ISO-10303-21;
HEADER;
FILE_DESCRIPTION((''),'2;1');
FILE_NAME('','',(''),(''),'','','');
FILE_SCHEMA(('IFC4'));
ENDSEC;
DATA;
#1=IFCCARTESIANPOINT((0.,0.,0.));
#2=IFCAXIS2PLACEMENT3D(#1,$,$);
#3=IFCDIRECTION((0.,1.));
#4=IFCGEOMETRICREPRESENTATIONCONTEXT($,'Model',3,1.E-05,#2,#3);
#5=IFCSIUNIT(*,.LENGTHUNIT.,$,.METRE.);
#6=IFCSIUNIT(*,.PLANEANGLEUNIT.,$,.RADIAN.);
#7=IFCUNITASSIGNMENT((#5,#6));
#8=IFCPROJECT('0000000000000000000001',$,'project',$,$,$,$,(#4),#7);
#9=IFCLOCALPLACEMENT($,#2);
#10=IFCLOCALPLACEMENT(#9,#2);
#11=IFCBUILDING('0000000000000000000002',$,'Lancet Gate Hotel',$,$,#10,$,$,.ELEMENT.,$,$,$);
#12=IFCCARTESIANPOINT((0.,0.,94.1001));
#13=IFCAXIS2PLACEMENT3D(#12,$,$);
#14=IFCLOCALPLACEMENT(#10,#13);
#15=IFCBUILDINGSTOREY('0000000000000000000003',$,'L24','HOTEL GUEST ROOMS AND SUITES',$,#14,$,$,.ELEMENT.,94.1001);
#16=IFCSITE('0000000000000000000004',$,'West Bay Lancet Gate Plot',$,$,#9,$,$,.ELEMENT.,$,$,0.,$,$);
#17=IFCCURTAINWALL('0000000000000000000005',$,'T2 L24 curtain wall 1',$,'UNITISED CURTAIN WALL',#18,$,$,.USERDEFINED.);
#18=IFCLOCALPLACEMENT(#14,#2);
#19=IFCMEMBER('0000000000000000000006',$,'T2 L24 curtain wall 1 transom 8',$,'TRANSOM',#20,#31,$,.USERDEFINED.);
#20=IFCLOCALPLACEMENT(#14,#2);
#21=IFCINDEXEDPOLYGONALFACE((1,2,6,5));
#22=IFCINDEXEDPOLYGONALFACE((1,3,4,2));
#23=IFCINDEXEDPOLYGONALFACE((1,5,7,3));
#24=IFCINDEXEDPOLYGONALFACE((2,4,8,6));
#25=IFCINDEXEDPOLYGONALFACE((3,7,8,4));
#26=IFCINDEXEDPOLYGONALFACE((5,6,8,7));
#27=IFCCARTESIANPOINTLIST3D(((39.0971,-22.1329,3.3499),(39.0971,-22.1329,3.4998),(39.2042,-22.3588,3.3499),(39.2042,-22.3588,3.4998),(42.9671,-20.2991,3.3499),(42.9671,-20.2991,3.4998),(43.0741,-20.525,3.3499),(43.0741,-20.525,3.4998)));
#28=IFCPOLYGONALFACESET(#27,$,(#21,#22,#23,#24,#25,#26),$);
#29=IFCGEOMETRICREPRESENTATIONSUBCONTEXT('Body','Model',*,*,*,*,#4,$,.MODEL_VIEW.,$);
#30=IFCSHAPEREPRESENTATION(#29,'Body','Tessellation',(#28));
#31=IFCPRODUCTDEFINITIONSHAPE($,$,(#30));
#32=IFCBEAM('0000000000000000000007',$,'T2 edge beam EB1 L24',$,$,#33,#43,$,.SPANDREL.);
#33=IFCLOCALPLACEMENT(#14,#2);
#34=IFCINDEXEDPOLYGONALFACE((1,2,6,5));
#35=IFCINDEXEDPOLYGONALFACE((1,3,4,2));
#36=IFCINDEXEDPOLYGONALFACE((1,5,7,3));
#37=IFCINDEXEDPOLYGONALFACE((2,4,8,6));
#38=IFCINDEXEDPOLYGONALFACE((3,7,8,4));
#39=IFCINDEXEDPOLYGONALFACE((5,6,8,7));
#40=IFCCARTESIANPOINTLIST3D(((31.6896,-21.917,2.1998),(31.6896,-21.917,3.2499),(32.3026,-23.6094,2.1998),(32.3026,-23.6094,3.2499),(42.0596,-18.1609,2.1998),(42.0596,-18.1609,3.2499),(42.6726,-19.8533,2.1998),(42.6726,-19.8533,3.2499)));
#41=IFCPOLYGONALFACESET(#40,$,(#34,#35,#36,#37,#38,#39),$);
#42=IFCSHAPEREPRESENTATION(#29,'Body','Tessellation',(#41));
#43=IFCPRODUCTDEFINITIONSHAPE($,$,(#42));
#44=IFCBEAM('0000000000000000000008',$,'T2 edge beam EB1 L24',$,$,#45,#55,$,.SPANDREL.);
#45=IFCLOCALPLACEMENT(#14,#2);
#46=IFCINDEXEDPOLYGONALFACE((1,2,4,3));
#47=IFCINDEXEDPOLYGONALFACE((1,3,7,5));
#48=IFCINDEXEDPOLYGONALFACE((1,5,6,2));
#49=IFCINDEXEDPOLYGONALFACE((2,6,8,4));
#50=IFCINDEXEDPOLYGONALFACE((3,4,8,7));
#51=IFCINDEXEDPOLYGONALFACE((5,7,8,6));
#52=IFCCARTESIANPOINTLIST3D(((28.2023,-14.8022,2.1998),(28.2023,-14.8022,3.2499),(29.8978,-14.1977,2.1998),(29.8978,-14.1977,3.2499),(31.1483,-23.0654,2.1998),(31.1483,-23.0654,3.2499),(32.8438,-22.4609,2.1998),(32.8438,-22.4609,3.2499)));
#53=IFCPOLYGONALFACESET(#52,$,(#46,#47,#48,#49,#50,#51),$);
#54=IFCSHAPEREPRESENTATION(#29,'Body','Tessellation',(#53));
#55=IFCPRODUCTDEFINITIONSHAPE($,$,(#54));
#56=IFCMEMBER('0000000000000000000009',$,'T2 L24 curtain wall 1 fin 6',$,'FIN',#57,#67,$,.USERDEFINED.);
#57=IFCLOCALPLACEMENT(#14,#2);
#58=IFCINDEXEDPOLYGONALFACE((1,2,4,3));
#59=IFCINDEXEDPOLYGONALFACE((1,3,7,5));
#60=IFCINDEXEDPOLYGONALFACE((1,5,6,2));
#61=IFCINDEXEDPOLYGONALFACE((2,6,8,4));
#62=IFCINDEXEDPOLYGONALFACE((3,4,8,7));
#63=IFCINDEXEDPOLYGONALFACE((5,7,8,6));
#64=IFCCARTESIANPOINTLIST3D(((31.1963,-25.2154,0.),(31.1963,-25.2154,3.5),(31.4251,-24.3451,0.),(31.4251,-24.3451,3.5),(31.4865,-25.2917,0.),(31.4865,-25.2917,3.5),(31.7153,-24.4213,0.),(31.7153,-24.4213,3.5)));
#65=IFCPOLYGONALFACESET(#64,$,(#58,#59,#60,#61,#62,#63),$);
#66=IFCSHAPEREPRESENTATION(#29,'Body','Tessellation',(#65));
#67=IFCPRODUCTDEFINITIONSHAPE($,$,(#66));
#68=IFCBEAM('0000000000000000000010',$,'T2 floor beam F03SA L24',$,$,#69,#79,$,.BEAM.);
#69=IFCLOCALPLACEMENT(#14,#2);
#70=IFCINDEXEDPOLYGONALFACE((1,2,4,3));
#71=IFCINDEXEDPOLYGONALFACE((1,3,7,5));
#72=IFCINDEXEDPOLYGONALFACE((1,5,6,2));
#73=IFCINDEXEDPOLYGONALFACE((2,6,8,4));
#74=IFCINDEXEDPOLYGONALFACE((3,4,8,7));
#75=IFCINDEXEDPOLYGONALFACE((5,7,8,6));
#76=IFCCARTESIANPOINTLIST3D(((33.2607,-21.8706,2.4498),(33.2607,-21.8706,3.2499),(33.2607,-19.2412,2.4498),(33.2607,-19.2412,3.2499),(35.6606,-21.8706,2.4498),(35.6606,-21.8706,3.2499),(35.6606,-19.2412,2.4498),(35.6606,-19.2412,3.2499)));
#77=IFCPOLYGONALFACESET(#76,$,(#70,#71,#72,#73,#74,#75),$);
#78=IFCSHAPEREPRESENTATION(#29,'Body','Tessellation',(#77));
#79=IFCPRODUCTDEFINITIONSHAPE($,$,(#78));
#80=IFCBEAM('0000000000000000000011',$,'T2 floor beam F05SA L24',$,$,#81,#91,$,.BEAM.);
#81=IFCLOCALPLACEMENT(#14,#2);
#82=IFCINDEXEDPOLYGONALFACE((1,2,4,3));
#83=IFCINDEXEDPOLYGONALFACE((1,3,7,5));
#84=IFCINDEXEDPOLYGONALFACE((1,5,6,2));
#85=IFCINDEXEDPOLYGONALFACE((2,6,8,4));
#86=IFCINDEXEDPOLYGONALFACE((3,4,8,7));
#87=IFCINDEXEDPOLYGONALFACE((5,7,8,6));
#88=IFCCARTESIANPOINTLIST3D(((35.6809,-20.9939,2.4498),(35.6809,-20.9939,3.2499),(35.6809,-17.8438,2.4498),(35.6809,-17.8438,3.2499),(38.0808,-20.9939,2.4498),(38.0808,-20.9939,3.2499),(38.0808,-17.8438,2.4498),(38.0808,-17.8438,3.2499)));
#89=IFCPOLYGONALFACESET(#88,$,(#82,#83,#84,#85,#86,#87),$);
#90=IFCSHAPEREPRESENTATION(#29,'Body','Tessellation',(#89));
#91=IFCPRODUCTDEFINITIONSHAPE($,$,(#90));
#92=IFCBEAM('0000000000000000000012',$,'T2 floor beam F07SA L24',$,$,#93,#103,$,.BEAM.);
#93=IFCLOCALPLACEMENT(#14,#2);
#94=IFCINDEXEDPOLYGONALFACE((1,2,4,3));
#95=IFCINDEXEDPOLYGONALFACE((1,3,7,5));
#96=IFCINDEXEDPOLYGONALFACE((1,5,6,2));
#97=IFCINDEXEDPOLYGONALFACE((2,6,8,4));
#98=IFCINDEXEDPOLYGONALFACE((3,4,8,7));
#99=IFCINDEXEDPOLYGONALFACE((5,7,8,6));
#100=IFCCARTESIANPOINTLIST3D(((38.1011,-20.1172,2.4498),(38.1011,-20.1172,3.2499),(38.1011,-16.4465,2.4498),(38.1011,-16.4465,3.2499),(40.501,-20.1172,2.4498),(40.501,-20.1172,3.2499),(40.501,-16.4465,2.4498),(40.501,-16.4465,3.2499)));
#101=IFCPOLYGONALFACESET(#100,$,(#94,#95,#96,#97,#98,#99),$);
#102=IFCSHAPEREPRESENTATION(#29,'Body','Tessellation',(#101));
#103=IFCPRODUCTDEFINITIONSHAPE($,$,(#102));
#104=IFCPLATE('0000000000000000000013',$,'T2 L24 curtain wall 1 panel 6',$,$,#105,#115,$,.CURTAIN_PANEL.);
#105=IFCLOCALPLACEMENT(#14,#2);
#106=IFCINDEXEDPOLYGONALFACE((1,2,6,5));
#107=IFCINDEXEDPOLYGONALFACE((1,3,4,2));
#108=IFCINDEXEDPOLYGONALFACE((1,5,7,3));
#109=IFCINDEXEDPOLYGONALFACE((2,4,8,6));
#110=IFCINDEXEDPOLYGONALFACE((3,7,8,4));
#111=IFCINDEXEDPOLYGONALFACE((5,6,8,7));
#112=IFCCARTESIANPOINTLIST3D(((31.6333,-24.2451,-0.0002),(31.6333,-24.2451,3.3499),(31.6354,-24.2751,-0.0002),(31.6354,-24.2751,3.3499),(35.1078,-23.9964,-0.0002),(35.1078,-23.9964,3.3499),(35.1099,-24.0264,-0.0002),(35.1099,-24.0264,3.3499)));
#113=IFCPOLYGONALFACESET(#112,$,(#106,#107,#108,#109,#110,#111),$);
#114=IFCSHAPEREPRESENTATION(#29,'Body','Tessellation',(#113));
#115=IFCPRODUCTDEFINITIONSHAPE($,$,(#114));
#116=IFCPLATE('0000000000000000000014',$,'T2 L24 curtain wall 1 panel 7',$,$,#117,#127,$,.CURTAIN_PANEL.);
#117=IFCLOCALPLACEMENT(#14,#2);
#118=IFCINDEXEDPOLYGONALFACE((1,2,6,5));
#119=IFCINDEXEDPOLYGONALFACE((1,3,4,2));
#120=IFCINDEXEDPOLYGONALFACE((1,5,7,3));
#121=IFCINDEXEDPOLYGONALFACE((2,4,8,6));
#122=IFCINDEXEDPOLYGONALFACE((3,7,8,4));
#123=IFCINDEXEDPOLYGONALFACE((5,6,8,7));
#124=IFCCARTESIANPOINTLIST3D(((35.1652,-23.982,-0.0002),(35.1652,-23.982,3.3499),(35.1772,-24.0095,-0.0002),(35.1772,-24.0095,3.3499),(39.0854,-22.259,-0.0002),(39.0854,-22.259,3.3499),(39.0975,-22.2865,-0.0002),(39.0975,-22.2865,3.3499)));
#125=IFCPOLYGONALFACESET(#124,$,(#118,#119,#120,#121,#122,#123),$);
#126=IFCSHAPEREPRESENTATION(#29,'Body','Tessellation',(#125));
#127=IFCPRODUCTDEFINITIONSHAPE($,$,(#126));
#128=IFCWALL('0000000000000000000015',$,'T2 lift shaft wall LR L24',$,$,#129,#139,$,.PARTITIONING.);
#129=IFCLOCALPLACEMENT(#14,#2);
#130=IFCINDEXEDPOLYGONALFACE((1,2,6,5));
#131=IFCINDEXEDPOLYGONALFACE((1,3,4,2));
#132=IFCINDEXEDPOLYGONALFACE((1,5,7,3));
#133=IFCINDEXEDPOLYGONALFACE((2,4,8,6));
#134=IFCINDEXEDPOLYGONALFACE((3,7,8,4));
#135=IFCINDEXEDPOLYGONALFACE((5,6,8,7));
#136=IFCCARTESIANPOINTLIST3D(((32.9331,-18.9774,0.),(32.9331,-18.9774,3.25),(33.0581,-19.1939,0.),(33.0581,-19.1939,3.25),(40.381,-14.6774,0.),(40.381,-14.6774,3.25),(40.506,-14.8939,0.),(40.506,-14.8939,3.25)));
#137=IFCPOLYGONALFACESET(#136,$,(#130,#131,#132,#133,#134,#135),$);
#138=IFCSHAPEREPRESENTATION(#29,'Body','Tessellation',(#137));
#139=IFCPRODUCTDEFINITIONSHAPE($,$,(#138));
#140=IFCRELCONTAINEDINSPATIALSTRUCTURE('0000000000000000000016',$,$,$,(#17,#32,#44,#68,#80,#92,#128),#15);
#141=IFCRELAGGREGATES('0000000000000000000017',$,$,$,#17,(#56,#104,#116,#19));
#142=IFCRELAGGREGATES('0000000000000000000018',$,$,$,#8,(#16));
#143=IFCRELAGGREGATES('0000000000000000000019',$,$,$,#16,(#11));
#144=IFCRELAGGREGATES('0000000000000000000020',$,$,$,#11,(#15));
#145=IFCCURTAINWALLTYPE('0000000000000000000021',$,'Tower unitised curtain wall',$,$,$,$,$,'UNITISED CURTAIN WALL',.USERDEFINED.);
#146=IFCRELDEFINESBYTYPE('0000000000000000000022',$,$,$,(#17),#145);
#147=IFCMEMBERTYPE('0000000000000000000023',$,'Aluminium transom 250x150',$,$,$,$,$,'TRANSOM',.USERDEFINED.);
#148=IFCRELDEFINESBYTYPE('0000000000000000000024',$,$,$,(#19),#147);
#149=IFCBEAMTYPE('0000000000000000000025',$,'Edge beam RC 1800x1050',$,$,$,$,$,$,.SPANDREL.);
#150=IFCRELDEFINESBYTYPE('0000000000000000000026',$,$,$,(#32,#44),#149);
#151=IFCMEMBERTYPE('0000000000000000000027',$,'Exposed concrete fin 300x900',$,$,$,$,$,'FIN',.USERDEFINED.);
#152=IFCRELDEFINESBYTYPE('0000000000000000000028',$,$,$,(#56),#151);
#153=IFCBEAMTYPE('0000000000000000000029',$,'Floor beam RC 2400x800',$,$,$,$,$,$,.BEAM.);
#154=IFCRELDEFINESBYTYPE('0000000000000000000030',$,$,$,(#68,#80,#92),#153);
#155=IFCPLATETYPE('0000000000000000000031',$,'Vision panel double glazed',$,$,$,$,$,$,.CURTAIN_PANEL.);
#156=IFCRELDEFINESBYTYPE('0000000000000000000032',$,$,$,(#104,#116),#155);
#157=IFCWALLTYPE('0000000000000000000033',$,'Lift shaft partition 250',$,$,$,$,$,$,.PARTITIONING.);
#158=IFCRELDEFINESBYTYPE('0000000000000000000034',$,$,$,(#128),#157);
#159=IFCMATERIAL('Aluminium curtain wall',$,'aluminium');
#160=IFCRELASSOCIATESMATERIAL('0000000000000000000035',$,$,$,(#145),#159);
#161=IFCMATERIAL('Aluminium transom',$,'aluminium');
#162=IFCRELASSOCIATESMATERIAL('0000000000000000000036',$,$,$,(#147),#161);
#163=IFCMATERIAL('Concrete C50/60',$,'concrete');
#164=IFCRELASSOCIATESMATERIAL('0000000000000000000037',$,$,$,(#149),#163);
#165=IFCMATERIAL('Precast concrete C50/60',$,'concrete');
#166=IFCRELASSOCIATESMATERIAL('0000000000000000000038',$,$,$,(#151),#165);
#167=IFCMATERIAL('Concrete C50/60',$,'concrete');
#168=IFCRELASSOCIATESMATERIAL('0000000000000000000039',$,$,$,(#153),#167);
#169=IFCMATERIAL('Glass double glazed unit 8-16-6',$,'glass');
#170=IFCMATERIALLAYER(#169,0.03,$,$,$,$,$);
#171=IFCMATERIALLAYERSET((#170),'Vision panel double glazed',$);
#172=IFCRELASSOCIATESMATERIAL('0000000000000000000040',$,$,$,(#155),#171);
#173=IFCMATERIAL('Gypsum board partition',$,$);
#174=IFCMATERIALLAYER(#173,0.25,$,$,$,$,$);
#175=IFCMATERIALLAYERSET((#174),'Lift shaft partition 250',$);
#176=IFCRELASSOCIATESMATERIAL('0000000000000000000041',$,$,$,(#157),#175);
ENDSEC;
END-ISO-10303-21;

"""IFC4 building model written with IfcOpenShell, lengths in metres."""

from ifc_helpers import new_model, si_unit, direction, frame, frame_2d, origin, origin_2d, place, context, subcontext, project, spatial, rectangle, extrude, material, layer, layer_set, material_profile, profile_set, type_object, element, aggregate, save


model = new_model("IFC4")

# Units and contexts
model_context = context("Model", 3, precision=1e-05, world=origin(), true_north=direction((0.0, 1.0)))
body_context = subcontext(model_context, "Body", "Model", "MODEL_VIEW")
ifc_project = project(units=[si_unit("LENGTHUNIT", "METRE"), si_unit("PLANEANGLEUNIT", "RADIAN")], contexts=[model_context])

# Site, building, storey
site_placement = place(None, origin())
site = spatial("IfcSite", under=ifc_project, at=site_placement, Name="West Bay Lancet Gate Plot", CompositionType="ELEMENT", RefElevation=0.0)
building_placement = place(site_placement, origin())
building = spatial("IfcBuilding", under=site, at=building_placement, Name="Lancet Gate Hotel", CompositionType="ELEMENT")
storey_placement = place(building_placement, frame((0.0, 0.0, 94.1001)))
storey = spatial("IfcBuildingStorey", under=building, at=storey_placement, Name="L24", Description="HOTEL GUEST ROOMS AND SUITES", CompositionType="ELEMENT", Elevation=94.1001)

# Curtain wall, member
ifc_material_1 = material(Name="Aluminium curtain wall", Category="aluminium")
curtain_wall_type = type_object("IfcCurtainWallType", Name="Tower unitised curtain wall", ElementType="UNITISED CURTAIN WALL", PredefinedType="USERDEFINED", material=ifc_material_1)
curtain_wall_placement = place(storey_placement, origin())
curtain_wall = element("IfcCurtainWall", 1, at=curtain_wall_placement, inside=storey, type_object=curtain_wall_type, Name="T2 L24 curtain wall 1", ObjectType="UNITISED CURTAIN WALL", PredefinedType="USERDEFINED")
ifc_material_2 = material(Name="Aluminium transom", Category="aluminium")
ifc_material_profile_1 = material_profile(ifc_material_2, rectangle(XDim=0.25, YDim=0.1499, at=origin_2d()), Name="TRANSOM 250x150")
ifc_profile_set_1 = profile_set([ifc_material_profile_1], Name="Aluminium transom")
member_type_1 = type_object("IfcMemberType", Name="Aluminium transom 250x150", ElementType="TRANSOM", PredefinedType="USERDEFINED", material=ifc_profile_set_1)
member_1_placement = place(storey_placement, frame((39.1506, -22.2458, 3.4248), z_axis=(0.90368, 0.428209, 0.0), x_axis=(-0.428209, 0.90368, 0.0)))
member_1 = element("IfcMember", 2, at=member_1_placement, type_object=member_type_1, Name="T2 L24 curtain wall 1 transom 8", ObjectType="TRANSOM", PredefinedType="USERDEFINED", context=body_context, shape_type="SweptSolid", body=[
    extrude(rectangle(XDim=0.25, YDim=0.1499, at=origin_2d()), origin(), (0.0, 0.0, 1.0), 4.2825),
])

# Beams
ifc_material_3 = material(Name="Concrete C50/60", Category="concrete")
ifc_material_profile_2 = material_profile(ifc_material_3, rectangle(XDim=1.8, YDim=1.05, at=origin_2d()), Name="RC 1800x1050")
ifc_profile_set_2 = profile_set([ifc_material_profile_2], Name="Concrete C50/60")
beam_type_1 = type_object("IfcBeamType", Name="Edge beam RC 1800x1050", PredefinedType="SPANDREL", material=ifc_profile_set_2)
beam_1_placement = place(storey_placement, frame((31.9961, -22.7632, 2.7249), z_axis=(0.940225, 0.340554, 0.0), x_axis=(-0.340554, 0.940225, 0.0)))
element("IfcBeam", 3, at=beam_1_placement, inside=storey, type_object=beam_type_1, Name="T2 edge beam EB1 L24", PredefinedType="SPANDREL", context=body_context, shape_type="SweptSolid", body=[
    extrude(rectangle(XDim=1.8, YDim=1.05, at=origin_2d()), origin(), (0.0, 0.0, 1.0), 11.0293),
])
beam_2_placement = place(storey_placement, frame((31.9961, -22.7632, 2.7249), z_axis=(-0.335822, 0.941926, 0.0), x_axis=(-0.941926, -0.335822, 0.0)))
element("IfcBeam", 4, at=beam_2_placement, inside=storey, type_object=beam_type_1, Name="T2 edge beam EB1 L24", PredefinedType="SPANDREL", context=body_context, shape_type="SweptSolid", body=[
    extrude(rectangle(XDim=1.8, YDim=1.05, at=origin_2d()), origin(), (0.0, 0.0, 1.0), 8.7727),
])

# Member
ifc_material_4 = material(Name="Precast concrete C50/60", Category="concrete")
ifc_material_profile_3 = material_profile(ifc_material_4, rectangle(XDim=0.3, YDim=0.8999, at=origin_2d()), Name="FIN 300x900")
ifc_profile_set_3 = profile_set([ifc_material_profile_3], Name="Precast concrete C50/60")
member_type_2 = type_object("IfcMemberType", Name="Exposed concrete fin 300x900", ElementType="FIN", PredefinedType="USERDEFINED", material=ifc_profile_set_3)
member_2_placement = place(storey_placement, frame((31.4558, -24.8184, 0.0), z_axis=(0.0, 0.0, 1.0), x_axis=(0.967157, -0.254179, 0.0)))
member_2 = element("IfcMember", 5, at=member_2_placement, type_object=member_type_2, Name="T2 L24 curtain wall 1 fin 6", ObjectType="FIN", PredefinedType="USERDEFINED", context=body_context, shape_type="SweptSolid", body=[
    extrude(rectangle(XDim=0.3, YDim=0.8999, at=origin_2d()), origin(), (0.0, 0.0, 1.0), 3.5),
])

# Beams
ifc_material_5 = material(Name="Concrete C50/60", Category="concrete")
ifc_material_profile_4 = material_profile(ifc_material_5, rectangle(XDim=2.3999, YDim=0.8, at=origin_2d()), Name="RC 2400x800")
ifc_profile_set_4 = profile_set([ifc_material_profile_4], Name="Concrete C50/60")
beam_type_2 = type_object("IfcBeamType", Name="Floor beam RC 2400x800", PredefinedType="BEAM", material=ifc_profile_set_4)
beam_3_placement = place(storey_placement, frame((34.4607, -21.8706, 2.8499), z_axis=(0.0, 1.0, 0.0), x_axis=(-1.0, 0.0, 0.0)))
element("IfcBeam", 6, at=beam_3_placement, inside=storey, type_object=beam_type_2, Name="T2 floor beam F03SA L24", PredefinedType="BEAM", context=body_context, shape_type="SweptSolid", body=[
    extrude(rectangle(XDim=2.3999, YDim=0.8, at=origin_2d()), origin(), (0.0, 0.0, 1.0), 2.6294),
])
beam_4_placement = place(storey_placement, frame((36.8809, -20.9939, 2.8499), z_axis=(0.0, 1.0, 0.0), x_axis=(-1.0, 0.0, 0.0)))
element("IfcBeam", 7, at=beam_4_placement, inside=storey, type_object=beam_type_2, Name="T2 floor beam F05SA L24", PredefinedType="BEAM", context=body_context, shape_type="SweptSolid", body=[
    extrude(rectangle(XDim=2.3999, YDim=0.8, at=origin_2d()), origin(), (0.0, 0.0, 1.0), 3.1501),
])
beam_5_placement = place(storey_placement, frame((39.301, -20.1172, 2.8499), z_axis=(0.0, 1.0, 0.0), x_axis=(-1.0, 0.0, 0.0)))
element("IfcBeam", 8, at=beam_5_placement, inside=storey, type_object=beam_type_2, Name="T2 floor beam F07SA L24", PredefinedType="BEAM", context=body_context, shape_type="SweptSolid", body=[
    extrude(rectangle(XDim=2.3999, YDim=0.8, at=origin_2d()), origin(), (0.0, 0.0, 1.0), 3.6707),
])

# Plates
ifc_material_6 = material(Name="Glass double glazed unit 8-16-6", Category="glass")
ifc_layer_1 = layer(ifc_material_6, 0.03)
ifc_layer_set_1 = layer_set([ifc_layer_1], Name="Vision panel double glazed")
plate_type = type_object("IfcPlateType", Name="Vision panel double glazed", PredefinedType="CURTAIN_PANEL", material=ifc_layer_set_1)
plate_1_placement = place(storey_placement, frame((33.3716, -24.1357, -0.0002), z_axis=(0.0, 0.0, 1.0), x_axis=(0.997448, 0.07139, 0.0)))
plate_1 = element("IfcPlate", 9, at=plate_1_placement, type_object=plate_type, Name="T2 L24 curtain wall 1 panel 6", PredefinedType="CURTAIN_PANEL", context=body_context, shape_type="SweptSolid", body=[
    extrude(rectangle(XDim=3.4834, YDim=0.03, at=origin_2d()), origin(), (0.0, 0.0, 1.0), 3.3501),
])
plate_2_placement = place(storey_placement, frame((37.1313, -23.1343, -0.0002), z_axis=(0.0, 0.0, 1.0), x_axis=(0.915479, 0.402367, 0.0)))
plate_2 = element("IfcPlate", 10, at=plate_2_placement, type_object=plate_type, Name="T2 L24 curtain wall 1 panel 7", PredefinedType="CURTAIN_PANEL", context=body_context, shape_type="SweptSolid", body=[
    extrude(rectangle(XDim=4.2822, YDim=0.03, at=origin_2d()), origin(), (0.0, 0.0, 1.0), 3.3501),
])
aggregate(curtain_wall, [member_2, plate_1, plate_2, member_1])

# Wall
ifc_material_7 = material(Name="Gypsum board partition")
ifc_layer_2 = layer(ifc_material_7, 0.25)
ifc_layer_set_2 = layer_set([ifc_layer_2], Name="Lift shaft partition 250")
wall_type = type_object("IfcWallType", Name="Lift shaft partition 250", PredefinedType="PARTITIONING", material=ifc_layer_set_2)
wall_placement = place(storey_placement, frame((32.9956, -19.0857, 0.0), z_axis=(0.0, 0.0, 1.0), x_axis=(0.866028, 0.499995, 0.0)))
element("IfcWall", 11, at=wall_placement, inside=storey, type_object=wall_type, Name="T2 lift shaft wall LR L24", PredefinedType="PARTITIONING", context=body_context, shape_type="SweptSolid", body=[
    extrude(rectangle(XDim=8.6001, YDim=0.25, at=frame_2d((4.3, 0.0))), origin(), (0.0, 0.0, 1.0), 3.25),
])

save(model, "model.ifc")
